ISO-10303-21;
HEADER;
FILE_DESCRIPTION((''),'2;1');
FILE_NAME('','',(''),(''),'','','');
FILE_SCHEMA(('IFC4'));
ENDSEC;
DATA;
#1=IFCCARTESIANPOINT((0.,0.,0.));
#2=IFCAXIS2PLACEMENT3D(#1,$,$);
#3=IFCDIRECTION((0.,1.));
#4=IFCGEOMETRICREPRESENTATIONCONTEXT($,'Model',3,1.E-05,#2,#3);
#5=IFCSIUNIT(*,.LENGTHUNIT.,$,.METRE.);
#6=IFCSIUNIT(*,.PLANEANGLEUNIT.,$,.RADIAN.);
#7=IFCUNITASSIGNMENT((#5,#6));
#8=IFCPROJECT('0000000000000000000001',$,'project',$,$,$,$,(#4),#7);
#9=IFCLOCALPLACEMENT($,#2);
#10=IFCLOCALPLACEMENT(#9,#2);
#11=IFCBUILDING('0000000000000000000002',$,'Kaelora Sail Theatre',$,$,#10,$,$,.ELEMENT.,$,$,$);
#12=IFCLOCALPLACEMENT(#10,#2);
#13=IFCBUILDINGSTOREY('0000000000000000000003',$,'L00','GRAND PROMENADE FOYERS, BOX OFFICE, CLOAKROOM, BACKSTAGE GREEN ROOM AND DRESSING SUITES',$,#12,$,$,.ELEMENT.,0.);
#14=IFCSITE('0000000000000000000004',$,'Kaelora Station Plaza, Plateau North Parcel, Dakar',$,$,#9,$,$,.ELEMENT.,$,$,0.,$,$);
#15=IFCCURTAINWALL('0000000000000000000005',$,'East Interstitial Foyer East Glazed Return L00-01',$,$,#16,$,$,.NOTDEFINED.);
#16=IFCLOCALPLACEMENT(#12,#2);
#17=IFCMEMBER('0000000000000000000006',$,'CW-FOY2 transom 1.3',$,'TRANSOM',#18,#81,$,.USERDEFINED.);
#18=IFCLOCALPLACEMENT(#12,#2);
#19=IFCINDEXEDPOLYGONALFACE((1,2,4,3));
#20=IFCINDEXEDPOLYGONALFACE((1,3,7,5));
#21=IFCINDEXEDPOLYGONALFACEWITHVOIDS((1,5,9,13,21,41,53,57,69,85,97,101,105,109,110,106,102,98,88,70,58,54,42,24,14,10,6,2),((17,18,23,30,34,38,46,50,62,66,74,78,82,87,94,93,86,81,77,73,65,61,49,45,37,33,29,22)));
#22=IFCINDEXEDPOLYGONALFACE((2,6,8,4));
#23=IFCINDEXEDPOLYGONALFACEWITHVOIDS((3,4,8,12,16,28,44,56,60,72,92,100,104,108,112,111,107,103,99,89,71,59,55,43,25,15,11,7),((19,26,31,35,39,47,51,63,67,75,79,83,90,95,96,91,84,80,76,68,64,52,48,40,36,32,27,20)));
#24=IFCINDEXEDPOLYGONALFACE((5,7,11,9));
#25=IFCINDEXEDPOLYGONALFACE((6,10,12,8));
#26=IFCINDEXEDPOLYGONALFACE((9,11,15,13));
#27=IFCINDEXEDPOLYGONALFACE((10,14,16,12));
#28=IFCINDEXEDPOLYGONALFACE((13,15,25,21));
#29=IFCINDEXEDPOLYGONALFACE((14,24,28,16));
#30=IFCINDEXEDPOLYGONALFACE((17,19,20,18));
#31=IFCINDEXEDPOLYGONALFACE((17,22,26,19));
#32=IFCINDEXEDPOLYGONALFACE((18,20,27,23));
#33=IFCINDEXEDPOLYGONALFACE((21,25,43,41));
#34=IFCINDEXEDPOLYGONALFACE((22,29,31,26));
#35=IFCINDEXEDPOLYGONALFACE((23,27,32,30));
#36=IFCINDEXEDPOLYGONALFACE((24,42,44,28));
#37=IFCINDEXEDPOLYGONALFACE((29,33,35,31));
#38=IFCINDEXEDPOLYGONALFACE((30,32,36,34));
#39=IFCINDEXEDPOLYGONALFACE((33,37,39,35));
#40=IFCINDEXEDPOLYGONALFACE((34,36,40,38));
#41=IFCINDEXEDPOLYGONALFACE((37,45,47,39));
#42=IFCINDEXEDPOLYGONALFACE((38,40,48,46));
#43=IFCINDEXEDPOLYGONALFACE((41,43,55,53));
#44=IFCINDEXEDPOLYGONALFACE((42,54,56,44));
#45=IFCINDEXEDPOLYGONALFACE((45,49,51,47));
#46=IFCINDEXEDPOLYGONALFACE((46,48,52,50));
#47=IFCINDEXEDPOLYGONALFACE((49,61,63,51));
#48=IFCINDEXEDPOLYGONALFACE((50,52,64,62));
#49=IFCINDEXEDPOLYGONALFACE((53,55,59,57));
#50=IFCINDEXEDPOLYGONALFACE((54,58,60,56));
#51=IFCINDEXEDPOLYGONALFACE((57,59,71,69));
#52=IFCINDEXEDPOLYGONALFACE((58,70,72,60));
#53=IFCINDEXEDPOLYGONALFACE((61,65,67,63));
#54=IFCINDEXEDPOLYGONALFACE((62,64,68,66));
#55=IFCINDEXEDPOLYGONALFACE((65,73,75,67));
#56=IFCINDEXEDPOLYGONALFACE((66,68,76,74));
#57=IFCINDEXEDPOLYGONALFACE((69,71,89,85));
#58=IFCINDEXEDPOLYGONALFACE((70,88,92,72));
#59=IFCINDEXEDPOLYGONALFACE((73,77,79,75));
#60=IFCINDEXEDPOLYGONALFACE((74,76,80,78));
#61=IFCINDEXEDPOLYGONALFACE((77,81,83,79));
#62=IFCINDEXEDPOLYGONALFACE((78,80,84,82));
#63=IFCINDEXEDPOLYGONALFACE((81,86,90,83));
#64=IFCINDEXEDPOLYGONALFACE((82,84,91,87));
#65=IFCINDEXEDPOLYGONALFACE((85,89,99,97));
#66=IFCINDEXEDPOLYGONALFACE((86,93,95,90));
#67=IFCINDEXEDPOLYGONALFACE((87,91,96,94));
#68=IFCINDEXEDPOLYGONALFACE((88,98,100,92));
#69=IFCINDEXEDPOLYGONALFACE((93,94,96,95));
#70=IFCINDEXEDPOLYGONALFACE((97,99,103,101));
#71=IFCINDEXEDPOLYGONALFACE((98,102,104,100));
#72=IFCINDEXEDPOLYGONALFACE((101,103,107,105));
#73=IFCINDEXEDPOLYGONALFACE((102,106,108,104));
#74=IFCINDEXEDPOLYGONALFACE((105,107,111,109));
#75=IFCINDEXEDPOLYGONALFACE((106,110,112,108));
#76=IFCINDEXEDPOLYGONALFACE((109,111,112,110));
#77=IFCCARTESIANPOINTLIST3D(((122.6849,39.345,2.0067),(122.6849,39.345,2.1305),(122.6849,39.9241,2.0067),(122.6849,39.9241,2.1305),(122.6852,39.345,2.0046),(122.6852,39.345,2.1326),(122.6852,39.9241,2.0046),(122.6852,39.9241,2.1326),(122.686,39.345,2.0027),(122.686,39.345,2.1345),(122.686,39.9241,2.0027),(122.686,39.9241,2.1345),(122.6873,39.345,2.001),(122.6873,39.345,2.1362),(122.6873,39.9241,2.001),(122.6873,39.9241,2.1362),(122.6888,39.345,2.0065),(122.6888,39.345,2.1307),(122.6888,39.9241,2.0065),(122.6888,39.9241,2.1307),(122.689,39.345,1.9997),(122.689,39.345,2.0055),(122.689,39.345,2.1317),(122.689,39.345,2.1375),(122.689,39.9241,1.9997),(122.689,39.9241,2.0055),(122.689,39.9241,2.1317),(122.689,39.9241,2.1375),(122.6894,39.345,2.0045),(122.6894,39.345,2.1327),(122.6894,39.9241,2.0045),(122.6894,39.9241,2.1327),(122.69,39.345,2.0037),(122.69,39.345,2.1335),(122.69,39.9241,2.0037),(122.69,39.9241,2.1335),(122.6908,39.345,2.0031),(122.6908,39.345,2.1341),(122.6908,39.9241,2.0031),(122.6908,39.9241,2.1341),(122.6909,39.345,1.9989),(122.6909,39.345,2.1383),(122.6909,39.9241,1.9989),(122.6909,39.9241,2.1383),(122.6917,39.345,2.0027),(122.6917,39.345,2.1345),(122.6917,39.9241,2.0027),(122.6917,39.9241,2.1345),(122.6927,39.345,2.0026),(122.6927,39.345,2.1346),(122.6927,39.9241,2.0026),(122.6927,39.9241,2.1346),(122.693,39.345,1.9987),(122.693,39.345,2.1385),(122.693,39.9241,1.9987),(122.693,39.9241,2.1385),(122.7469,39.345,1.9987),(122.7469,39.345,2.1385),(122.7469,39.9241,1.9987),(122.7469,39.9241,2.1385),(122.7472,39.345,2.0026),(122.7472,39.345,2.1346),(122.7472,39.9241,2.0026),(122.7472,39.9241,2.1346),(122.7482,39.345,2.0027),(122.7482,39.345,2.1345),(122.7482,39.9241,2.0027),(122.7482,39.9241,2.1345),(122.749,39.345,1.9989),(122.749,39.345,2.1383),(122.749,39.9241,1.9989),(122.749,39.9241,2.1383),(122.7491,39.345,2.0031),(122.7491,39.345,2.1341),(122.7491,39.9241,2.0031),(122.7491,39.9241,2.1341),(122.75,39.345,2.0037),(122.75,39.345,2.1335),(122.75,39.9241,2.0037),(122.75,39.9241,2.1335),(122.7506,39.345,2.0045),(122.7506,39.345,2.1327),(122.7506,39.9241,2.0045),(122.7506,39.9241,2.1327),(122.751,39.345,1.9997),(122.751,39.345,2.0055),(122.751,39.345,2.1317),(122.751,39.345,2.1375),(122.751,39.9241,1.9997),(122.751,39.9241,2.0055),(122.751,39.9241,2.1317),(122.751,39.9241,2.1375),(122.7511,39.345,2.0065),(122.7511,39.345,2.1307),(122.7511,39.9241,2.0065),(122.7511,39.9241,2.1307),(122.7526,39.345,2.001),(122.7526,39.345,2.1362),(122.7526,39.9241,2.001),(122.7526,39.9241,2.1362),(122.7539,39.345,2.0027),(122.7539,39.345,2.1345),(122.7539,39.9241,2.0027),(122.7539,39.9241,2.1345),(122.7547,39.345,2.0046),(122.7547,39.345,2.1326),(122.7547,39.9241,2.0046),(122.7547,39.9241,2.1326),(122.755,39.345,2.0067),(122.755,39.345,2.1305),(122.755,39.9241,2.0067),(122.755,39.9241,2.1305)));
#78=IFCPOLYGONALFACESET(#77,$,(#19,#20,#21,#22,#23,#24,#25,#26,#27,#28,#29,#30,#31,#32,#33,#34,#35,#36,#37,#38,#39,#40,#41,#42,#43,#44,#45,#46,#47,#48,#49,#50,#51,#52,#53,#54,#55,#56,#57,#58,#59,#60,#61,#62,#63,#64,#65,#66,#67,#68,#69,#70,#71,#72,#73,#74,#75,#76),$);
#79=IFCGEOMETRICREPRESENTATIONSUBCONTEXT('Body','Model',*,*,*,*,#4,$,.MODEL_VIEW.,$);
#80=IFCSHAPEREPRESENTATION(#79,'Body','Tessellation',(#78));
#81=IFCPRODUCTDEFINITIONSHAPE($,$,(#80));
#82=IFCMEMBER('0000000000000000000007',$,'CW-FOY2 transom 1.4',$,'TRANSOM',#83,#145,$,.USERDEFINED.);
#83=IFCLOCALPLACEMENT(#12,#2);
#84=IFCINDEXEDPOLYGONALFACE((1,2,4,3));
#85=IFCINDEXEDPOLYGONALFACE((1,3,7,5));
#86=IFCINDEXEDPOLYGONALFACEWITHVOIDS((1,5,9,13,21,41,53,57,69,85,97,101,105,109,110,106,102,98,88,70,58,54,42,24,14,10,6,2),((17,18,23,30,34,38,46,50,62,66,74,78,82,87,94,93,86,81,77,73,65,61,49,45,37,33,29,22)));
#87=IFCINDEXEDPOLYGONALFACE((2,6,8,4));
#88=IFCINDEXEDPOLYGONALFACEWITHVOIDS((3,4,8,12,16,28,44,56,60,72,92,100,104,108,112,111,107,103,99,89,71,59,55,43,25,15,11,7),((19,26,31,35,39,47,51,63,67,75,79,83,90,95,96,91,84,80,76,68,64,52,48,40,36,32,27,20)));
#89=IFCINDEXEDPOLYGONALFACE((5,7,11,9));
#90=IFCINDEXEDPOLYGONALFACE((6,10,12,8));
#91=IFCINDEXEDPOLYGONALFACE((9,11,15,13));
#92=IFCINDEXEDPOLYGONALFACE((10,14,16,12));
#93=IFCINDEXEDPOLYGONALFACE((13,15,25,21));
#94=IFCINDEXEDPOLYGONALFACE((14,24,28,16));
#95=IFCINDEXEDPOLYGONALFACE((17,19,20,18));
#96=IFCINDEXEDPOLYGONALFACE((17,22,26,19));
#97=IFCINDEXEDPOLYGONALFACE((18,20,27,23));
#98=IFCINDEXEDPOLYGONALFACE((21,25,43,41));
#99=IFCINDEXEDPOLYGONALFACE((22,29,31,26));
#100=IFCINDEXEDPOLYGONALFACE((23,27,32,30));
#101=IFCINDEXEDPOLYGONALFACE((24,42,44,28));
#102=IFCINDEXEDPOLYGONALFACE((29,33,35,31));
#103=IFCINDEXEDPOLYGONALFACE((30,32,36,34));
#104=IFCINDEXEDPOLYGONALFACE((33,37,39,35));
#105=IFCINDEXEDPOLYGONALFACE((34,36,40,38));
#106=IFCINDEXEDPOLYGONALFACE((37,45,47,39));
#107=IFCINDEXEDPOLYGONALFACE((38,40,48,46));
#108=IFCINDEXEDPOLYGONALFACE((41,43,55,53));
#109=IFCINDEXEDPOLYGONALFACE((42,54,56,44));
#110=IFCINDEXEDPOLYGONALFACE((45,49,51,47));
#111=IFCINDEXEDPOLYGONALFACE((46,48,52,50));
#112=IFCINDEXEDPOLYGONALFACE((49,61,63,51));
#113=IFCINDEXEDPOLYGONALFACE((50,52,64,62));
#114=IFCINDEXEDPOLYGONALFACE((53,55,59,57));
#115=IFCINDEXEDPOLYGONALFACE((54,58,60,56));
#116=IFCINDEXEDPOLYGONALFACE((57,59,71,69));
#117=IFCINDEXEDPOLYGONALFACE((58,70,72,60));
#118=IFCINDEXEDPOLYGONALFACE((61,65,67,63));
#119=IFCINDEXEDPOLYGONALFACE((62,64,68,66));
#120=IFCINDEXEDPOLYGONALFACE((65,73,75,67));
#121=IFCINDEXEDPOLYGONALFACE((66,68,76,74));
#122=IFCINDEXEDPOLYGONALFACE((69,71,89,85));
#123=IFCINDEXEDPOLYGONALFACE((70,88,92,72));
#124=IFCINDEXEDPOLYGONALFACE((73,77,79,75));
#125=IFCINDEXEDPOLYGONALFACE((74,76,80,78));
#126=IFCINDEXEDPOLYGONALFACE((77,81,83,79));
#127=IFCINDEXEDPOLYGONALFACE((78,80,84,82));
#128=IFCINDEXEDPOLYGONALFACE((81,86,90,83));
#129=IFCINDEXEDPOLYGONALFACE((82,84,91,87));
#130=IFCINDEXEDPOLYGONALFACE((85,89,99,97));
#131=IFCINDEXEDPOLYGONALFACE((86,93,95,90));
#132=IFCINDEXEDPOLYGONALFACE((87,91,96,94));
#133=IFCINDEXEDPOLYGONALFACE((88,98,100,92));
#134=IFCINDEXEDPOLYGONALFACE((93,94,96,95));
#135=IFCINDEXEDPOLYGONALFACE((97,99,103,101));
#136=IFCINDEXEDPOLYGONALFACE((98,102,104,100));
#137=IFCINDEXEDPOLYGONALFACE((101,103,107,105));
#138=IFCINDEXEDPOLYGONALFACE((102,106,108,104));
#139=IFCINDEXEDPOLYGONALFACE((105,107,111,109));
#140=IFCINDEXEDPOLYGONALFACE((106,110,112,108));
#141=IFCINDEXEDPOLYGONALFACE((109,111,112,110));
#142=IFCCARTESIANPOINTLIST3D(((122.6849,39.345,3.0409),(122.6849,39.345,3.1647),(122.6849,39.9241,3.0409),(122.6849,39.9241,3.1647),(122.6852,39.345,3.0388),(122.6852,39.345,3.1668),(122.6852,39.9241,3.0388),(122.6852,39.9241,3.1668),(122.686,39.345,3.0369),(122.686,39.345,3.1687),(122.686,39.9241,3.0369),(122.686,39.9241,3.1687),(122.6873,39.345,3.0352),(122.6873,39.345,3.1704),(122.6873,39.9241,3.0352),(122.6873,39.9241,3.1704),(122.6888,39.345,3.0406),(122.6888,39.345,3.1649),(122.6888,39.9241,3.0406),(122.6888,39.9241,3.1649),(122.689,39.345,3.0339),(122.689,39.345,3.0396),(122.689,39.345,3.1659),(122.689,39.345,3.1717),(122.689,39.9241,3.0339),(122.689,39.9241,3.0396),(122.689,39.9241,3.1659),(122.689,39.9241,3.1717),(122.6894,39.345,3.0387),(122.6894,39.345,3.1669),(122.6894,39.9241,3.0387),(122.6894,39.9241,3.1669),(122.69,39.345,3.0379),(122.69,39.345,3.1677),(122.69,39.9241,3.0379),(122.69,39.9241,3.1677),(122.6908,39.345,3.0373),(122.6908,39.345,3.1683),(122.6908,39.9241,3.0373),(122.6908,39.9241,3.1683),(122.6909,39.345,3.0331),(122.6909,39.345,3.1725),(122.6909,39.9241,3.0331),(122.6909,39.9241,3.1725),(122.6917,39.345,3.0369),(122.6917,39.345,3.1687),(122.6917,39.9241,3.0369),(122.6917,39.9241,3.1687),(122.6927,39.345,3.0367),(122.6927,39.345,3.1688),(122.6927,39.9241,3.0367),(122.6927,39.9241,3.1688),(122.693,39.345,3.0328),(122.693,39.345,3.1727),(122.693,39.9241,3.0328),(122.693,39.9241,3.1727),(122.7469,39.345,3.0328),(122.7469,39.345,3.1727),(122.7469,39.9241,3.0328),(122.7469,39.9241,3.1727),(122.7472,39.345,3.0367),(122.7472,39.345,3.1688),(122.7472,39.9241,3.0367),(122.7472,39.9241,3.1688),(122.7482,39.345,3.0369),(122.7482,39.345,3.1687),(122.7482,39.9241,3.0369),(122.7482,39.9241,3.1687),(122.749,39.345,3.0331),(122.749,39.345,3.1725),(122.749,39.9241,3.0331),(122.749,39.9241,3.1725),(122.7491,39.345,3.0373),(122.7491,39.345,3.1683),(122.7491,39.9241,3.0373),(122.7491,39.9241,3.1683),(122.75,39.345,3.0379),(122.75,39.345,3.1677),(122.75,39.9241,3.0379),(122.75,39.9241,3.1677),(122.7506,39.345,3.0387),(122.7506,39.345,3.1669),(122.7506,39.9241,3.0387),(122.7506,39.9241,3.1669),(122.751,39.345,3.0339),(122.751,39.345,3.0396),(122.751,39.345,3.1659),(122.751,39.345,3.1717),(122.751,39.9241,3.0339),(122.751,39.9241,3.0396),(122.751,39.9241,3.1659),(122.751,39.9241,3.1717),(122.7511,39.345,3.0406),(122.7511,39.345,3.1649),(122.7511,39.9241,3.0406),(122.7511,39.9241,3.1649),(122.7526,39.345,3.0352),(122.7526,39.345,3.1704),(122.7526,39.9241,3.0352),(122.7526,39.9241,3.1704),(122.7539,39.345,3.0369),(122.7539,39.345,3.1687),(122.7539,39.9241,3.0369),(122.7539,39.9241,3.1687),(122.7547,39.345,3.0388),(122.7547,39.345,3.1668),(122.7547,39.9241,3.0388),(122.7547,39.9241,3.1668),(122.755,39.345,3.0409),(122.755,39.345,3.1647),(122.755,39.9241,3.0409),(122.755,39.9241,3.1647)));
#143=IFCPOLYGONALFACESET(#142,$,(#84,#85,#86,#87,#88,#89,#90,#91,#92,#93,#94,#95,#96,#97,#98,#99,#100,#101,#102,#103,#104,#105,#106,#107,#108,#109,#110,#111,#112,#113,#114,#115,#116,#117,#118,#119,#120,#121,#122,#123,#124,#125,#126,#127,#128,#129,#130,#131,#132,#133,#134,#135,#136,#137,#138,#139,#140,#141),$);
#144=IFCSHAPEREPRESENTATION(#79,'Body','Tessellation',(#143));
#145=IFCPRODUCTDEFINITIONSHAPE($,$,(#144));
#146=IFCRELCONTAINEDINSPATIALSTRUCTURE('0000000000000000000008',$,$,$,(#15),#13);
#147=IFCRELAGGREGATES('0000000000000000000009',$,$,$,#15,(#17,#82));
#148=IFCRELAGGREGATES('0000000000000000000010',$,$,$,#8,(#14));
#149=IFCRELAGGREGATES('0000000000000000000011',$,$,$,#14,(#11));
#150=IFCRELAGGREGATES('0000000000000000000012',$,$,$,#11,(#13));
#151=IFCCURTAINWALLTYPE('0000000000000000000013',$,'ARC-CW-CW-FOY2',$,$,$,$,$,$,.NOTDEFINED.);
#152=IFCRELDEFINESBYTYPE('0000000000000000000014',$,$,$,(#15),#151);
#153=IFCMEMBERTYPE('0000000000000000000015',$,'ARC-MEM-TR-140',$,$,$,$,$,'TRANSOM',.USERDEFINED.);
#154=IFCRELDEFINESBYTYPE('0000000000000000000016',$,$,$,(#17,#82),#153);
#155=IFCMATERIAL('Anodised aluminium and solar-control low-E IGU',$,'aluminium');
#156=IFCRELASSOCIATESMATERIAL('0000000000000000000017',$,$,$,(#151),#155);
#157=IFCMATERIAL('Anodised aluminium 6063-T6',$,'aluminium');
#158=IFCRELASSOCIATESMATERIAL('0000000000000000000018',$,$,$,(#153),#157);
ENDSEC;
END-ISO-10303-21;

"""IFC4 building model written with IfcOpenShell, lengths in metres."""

from ifc_helpers import new_model, si_unit, direction, frame, origin, origin_2d, place, context, subcontext, project, spatial, hollow_rectangle, extrude, material, material_profile, profile_set, type_object, element, aggregate, save


model = new_model("IFC4")

# Units and contexts
model_context = context("Model", 3, precision=1e-05, world=origin(), true_north=direction((0.0, 1.0)))
body_context = subcontext(model_context, "Body", "Model", "MODEL_VIEW")
ifc_project = project(units=[si_unit("LENGTHUNIT", "METRE"), si_unit("PLANEANGLEUNIT", "RADIAN")], contexts=[model_context])

# Site, building, storey
site_placement = place(None, origin())
site = spatial("IfcSite", under=ifc_project, at=site_placement, Name="Kaelora Station Plaza, Plateau North Parcel, Dakar", CompositionType="ELEMENT", RefElevation=0.0)
building_placement = place(site_placement, origin())
building = spatial("IfcBuilding", under=site, at=building_placement, Name="Kaelora Sail Theatre", CompositionType="ELEMENT")
storey_placement = place(building_placement, origin())
storey = spatial("IfcBuildingStorey", under=building, at=storey_placement, Name="L00", Description="GRAND PROMENADE FOYERS, BOX OFFICE, CLOAKROOM, BACKSTAGE GREEN ROOM AND DRESSING SUITES", CompositionType="ELEMENT", Elevation=0.0)

# Curtain wall, members
ifc_material_1 = material(Name="Anodised aluminium and solar-control low-E IGU", Category="aluminium")
curtain_wall_type = type_object("IfcCurtainWallType", Name="ARC-CW-CW-FOY2", PredefinedType="NOTDEFINED", material=ifc_material_1)
curtain_wall_placement = place(storey_placement, origin())
curtain_wall = element("IfcCurtainWall", 1, at=curtain_wall_placement, inside=storey, type_object=curtain_wall_type, Name="East Interstitial Foyer East Glazed Return L00-01", PredefinedType="NOTDEFINED")
ifc_material_2 = material(Name="Anodised aluminium 6063-T6", Category="aluminium")
ifc_material_profile_1 = material_profile(ifc_material_2, hollow_rectangle(XDim=0.0701, YDim=0.1399, WallThickness=0.0039, InnerFilletRadius=0.0039, OuterFilletRadius=0.0081, at=origin_2d()), Name="ALU-TRAN 70x140x4")
ifc_profile_set_1 = profile_set([ifc_material_profile_1], Name="Anodised aluminium 6063-T6")
member_type_1 = type_object("IfcMemberType", Name="ARC-MEM-TR-140", ElementType="TRANSOM", PredefinedType="USERDEFINED", material=ifc_profile_set_1)
member_1_placement = place(storey_placement, frame((122.72, 39.345, 2.0686), z_axis=(0.0, 1.0, 0.0), x_axis=(-1.0, 0.0, 0.0)))
member_1 = element("IfcMember", 2, at=member_1_placement, type_object=member_type_1, Name="CW-FOY2 transom 1.3", ObjectType="TRANSOM", PredefinedType="USERDEFINED", context=body_context, shape_type="SweptSolid", body=[
    extrude(hollow_rectangle(XDim=0.0701, YDim=0.1399, WallThickness=0.0039, InnerFilletRadius=0.0039, OuterFilletRadius=0.0081, at=origin_2d()), origin(), (0.0, 0.0, 1.0), 0.5791),
])
member_2_placement = place(storey_placement, frame((122.72, 39.345, 3.1028), z_axis=(0.0, 1.0, 0.0), x_axis=(-1.0, 0.0, 0.0)))
member_2 = element("IfcMember", 3, at=member_2_placement, type_object=member_type_1, Name="CW-FOY2 transom 1.4", ObjectType="TRANSOM", PredefinedType="USERDEFINED", context=body_context, shape_type="SweptSolid", body=[
    extrude(hollow_rectangle(XDim=0.0701, YDim=0.1399, WallThickness=0.0039, InnerFilletRadius=0.0039, OuterFilletRadius=0.0081, at=origin_2d()), origin(), (0.0, 0.0, 1.0), 0.5791),
])
aggregate(curtain_wall, [member_1, member_2])

save(model, "model.ifc")
